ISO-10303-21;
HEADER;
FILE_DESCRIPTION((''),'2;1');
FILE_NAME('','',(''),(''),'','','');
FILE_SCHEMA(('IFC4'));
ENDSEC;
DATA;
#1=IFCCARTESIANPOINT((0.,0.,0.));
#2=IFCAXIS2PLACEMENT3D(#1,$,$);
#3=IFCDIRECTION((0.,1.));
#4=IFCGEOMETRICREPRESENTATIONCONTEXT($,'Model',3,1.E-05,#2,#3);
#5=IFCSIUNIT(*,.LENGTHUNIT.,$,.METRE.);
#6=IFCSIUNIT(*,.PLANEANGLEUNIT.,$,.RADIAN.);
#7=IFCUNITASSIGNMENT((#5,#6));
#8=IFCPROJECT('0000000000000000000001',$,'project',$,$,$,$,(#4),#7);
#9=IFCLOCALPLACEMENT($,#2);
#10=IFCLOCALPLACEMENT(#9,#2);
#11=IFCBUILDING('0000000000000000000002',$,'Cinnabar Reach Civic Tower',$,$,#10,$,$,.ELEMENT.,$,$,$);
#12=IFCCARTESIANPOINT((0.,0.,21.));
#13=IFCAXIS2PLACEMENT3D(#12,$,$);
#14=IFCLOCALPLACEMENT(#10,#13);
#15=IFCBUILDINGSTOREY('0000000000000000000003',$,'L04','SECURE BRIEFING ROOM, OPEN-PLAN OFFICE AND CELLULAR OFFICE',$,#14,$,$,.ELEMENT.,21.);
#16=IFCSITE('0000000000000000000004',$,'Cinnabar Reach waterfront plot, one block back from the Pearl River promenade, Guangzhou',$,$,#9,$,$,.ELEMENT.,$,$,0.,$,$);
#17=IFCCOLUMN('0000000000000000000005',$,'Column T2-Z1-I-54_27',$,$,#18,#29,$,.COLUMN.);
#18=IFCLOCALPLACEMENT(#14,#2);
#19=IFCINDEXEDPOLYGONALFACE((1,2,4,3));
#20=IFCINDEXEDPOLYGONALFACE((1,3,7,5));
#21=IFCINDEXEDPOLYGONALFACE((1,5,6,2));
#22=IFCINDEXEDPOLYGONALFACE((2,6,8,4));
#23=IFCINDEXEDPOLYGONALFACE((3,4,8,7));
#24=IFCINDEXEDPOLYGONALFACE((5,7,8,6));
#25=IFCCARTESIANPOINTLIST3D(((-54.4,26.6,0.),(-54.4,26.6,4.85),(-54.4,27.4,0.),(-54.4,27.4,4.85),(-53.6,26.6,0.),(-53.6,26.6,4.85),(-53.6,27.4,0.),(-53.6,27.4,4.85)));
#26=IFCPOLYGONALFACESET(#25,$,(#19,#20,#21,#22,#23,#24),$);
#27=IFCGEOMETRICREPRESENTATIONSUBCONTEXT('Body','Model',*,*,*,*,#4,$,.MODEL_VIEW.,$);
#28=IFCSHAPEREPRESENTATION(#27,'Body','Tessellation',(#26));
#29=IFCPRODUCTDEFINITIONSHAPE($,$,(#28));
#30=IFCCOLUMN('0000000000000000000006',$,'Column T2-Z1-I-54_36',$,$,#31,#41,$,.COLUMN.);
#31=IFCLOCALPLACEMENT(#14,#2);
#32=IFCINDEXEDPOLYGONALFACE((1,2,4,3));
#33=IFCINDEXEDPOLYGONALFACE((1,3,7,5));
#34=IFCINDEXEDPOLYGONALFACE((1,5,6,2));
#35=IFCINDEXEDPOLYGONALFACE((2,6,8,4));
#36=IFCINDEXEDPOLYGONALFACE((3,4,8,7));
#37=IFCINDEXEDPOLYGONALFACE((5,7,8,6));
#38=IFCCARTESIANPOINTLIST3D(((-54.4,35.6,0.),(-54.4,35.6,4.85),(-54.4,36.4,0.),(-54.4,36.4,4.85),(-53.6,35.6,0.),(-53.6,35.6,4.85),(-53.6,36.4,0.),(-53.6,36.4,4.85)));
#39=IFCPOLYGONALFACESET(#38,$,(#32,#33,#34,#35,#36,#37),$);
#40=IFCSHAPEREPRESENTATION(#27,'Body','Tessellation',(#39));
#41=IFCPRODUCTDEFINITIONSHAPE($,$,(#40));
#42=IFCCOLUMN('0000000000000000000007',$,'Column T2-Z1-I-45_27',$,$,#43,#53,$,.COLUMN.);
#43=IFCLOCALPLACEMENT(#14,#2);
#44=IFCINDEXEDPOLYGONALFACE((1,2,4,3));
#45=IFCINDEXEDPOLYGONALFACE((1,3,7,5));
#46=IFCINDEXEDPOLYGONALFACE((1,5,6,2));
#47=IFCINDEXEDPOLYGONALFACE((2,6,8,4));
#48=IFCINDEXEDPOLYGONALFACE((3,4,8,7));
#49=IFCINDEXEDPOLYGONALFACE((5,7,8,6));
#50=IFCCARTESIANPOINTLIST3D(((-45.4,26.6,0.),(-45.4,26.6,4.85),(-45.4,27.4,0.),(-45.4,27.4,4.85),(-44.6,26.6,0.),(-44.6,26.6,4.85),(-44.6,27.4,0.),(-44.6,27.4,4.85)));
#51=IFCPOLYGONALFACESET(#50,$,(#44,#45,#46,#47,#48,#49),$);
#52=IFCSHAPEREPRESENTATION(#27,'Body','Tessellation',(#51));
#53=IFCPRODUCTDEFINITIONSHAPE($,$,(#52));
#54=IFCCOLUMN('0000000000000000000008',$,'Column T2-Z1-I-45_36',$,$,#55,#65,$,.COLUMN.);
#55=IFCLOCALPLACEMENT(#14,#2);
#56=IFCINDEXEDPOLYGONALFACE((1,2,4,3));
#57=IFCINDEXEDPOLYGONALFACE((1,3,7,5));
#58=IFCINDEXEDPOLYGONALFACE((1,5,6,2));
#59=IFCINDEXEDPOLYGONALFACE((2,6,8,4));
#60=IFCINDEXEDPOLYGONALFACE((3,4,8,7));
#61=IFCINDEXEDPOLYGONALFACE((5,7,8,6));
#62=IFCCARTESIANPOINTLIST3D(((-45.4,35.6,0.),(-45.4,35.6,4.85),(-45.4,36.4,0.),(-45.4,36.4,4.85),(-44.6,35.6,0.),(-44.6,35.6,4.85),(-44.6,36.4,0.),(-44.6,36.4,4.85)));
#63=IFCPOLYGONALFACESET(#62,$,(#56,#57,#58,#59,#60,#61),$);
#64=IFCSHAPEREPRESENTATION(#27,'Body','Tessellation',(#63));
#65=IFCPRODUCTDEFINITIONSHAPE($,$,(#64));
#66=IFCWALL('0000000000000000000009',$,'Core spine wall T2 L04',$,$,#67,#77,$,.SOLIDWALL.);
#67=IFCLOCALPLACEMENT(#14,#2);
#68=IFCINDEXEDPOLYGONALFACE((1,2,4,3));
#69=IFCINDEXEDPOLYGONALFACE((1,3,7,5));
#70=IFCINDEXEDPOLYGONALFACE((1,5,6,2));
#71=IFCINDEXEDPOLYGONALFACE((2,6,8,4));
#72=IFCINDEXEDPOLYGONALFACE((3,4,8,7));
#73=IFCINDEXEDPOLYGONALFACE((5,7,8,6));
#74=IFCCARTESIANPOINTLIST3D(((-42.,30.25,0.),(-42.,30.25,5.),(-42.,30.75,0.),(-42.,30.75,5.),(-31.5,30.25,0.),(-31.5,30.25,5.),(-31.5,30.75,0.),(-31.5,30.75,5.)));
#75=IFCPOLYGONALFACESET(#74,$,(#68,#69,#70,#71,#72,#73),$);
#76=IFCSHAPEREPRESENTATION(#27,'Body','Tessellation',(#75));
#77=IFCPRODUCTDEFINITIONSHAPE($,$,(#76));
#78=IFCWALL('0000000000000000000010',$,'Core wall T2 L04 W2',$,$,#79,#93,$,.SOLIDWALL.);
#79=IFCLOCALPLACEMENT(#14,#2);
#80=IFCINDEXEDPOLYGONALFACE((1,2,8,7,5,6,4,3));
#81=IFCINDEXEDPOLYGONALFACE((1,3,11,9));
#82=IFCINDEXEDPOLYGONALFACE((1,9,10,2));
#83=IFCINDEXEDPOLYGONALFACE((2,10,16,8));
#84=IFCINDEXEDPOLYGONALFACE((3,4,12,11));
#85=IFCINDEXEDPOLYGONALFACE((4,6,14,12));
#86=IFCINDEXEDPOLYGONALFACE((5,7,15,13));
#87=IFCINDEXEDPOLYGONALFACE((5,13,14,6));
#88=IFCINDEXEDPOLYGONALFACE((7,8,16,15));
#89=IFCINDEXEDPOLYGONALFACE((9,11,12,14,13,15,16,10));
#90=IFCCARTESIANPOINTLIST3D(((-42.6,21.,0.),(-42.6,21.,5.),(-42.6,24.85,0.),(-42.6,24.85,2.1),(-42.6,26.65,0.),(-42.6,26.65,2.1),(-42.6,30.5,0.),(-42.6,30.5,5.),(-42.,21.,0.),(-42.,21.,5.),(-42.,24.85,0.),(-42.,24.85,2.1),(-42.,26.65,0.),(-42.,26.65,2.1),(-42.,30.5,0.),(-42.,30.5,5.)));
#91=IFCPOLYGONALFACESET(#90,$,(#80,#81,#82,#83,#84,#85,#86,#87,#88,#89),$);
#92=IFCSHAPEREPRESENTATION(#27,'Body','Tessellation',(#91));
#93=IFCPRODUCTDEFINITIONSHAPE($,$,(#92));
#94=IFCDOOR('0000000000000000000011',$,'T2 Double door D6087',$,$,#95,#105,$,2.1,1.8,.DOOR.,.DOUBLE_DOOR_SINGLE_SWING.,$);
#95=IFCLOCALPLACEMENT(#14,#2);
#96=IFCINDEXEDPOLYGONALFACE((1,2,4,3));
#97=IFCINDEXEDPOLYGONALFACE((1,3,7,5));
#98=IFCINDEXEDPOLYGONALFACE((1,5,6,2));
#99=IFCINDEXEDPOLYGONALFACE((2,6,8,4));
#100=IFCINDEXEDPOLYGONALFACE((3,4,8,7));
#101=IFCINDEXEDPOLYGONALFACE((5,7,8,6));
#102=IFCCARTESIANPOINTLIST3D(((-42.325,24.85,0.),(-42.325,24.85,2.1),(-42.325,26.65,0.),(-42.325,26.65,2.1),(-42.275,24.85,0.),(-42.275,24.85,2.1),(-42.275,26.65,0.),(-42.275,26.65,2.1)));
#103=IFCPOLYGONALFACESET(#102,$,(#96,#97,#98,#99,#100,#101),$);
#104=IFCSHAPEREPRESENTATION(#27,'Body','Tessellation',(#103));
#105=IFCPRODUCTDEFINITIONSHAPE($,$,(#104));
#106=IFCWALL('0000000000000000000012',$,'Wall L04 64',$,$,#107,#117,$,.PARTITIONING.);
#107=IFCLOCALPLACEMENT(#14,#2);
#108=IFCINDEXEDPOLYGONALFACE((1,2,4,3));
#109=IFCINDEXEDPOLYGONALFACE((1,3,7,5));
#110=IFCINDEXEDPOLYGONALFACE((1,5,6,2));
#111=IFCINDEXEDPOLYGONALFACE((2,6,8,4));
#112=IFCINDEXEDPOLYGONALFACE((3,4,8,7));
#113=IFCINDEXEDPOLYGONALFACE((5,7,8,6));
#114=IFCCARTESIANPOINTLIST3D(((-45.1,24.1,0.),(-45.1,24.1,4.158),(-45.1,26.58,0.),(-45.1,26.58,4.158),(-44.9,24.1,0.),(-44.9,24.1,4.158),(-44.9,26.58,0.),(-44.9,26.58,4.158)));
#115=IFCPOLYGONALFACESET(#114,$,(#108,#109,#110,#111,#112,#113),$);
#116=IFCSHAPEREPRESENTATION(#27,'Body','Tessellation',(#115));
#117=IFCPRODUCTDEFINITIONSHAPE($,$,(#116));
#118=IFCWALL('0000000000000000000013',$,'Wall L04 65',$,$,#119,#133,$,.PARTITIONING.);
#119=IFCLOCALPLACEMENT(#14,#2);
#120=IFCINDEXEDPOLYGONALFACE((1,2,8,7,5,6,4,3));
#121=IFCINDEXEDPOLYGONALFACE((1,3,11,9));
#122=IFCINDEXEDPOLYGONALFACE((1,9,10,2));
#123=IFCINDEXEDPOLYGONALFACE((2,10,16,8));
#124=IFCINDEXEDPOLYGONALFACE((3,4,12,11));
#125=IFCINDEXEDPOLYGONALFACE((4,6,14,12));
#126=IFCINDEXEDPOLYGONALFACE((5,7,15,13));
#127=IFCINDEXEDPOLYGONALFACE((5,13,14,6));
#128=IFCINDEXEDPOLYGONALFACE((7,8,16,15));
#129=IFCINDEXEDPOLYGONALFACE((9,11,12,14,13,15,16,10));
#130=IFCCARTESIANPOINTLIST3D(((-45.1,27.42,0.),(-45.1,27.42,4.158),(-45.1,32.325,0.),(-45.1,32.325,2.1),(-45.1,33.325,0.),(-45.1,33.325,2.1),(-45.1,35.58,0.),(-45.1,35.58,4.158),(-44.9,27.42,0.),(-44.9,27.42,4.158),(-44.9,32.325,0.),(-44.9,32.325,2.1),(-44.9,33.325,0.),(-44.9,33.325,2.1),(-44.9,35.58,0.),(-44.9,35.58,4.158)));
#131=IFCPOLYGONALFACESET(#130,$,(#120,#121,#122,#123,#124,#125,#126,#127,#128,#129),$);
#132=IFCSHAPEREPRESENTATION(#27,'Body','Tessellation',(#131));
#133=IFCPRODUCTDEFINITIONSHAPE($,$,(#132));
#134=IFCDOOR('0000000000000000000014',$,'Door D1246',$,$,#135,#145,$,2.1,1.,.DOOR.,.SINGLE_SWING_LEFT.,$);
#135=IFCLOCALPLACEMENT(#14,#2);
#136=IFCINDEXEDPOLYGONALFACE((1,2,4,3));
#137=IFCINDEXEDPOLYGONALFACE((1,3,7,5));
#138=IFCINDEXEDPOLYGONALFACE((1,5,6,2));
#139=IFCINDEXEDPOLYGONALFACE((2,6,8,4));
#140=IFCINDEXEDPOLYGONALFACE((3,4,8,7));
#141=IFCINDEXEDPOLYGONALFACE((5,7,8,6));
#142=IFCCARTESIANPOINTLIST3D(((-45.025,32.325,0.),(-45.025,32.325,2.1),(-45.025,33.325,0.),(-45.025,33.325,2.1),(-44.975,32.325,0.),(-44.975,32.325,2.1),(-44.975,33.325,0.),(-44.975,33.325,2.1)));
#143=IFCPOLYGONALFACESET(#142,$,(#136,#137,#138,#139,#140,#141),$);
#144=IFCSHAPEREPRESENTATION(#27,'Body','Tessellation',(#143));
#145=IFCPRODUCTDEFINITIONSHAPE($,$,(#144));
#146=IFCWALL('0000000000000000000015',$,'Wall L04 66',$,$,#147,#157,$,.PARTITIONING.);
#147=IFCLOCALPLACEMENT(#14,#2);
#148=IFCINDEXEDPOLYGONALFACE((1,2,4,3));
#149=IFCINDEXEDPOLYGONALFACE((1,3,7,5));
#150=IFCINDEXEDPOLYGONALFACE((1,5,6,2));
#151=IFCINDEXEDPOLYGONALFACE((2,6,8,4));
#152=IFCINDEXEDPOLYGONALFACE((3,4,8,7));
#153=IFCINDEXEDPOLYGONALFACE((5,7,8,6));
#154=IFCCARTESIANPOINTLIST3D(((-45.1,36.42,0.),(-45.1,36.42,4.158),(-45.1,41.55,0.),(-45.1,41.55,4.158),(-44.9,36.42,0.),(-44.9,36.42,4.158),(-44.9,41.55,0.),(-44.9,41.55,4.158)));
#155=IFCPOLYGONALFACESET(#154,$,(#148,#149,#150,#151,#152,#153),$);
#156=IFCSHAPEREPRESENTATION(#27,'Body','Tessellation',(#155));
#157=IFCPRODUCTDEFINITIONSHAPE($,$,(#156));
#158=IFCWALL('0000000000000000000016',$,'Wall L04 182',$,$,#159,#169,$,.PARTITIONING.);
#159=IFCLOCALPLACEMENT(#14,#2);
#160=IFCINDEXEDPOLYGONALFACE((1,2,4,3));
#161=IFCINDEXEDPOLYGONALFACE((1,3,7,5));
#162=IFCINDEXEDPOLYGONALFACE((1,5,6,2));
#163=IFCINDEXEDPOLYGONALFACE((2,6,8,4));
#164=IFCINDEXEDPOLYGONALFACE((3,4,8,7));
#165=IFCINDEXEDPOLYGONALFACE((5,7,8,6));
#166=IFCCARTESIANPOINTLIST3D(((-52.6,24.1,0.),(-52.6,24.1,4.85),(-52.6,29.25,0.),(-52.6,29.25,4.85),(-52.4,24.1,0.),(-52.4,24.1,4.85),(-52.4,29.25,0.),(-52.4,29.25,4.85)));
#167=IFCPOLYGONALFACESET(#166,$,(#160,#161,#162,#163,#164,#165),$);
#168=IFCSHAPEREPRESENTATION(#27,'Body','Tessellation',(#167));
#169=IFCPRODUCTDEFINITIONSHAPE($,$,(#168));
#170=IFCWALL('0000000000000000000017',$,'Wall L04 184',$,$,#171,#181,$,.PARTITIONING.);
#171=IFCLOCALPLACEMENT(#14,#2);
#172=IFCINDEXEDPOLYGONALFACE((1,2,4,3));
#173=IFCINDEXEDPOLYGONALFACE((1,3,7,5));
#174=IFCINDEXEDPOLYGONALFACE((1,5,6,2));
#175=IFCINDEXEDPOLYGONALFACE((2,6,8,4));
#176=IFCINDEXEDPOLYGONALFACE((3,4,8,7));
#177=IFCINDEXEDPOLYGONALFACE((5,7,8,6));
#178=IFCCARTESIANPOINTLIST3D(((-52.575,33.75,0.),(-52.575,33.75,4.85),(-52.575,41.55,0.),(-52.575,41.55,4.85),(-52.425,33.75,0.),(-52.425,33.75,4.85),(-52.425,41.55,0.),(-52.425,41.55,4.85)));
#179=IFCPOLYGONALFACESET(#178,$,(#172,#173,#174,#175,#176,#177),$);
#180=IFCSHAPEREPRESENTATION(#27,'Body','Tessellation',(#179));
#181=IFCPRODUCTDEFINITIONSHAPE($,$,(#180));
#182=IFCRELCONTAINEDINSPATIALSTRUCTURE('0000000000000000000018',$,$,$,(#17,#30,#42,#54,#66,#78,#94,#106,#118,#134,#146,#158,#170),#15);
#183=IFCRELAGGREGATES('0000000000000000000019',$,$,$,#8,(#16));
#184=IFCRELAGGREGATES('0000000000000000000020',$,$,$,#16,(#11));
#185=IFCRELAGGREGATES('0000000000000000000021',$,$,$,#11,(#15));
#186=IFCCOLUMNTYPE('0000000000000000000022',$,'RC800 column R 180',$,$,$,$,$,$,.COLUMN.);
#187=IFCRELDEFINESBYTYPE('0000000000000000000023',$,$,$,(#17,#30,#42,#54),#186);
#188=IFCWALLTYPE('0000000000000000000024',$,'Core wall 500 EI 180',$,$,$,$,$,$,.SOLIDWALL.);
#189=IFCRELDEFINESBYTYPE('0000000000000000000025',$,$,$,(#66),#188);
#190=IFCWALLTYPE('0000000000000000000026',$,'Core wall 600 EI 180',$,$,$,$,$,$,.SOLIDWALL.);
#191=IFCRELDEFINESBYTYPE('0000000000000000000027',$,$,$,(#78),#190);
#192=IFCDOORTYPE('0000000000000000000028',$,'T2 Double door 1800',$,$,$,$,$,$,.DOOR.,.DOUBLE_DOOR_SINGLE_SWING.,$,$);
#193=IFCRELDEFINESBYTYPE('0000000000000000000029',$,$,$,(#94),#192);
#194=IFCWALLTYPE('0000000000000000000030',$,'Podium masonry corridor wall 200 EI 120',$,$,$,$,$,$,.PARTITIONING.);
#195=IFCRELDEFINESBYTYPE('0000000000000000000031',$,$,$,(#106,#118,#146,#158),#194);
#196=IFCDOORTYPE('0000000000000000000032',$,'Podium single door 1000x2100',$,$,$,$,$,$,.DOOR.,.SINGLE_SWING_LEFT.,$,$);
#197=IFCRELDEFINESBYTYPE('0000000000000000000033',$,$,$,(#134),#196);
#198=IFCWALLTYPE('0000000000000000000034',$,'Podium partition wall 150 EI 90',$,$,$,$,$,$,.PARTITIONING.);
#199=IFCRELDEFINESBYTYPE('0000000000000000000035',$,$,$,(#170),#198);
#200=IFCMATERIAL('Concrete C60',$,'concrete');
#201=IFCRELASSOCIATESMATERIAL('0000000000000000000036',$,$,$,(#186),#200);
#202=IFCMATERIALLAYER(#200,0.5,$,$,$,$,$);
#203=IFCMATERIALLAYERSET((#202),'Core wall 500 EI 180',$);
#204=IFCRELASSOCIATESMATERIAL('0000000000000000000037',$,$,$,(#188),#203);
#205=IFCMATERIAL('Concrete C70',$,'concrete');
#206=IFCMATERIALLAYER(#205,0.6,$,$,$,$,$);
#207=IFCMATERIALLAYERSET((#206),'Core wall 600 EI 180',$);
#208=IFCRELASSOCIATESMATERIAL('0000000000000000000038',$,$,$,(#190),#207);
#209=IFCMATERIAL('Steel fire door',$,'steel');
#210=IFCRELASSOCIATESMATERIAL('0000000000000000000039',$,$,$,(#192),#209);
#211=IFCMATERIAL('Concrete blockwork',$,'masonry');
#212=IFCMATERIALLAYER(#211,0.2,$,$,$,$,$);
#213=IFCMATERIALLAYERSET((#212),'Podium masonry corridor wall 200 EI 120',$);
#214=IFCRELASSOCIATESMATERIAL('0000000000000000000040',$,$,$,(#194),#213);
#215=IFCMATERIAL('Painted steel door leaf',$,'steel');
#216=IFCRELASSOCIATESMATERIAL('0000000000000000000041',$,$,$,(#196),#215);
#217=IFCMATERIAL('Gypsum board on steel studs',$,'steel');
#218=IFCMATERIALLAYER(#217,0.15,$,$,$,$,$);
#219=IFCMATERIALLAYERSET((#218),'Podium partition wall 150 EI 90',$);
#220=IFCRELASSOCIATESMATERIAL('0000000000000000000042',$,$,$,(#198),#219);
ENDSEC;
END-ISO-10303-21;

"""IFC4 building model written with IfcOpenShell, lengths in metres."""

from ifc_helpers import new_model, si_unit, direction, frame, frame_2d, origin, origin_2d, place, context, subcontext, project, spatial, rectangle, extrude, material, layer, layer_set, material_profile, profile_set, type_object, element, fill, save


model = new_model("IFC4")

# Units and contexts
model_context = context("Model", 3, precision=1e-05, world=origin(), true_north=direction((0.0, 1.0)))
body_context = subcontext(model_context, "Body", "Model", "MODEL_VIEW")
ifc_project = project(units=[si_unit("LENGTHUNIT", "METRE"), si_unit("PLANEANGLEUNIT", "RADIAN")], contexts=[model_context])

# Site, building, storey
site_placement = place(None, origin())
site = spatial("IfcSite", under=ifc_project, at=site_placement, Name="Cinnabar Reach waterfront plot, one block back from the Pearl River promenade, Guangzhou", CompositionType="ELEMENT", RefElevation=0.0)
building_placement = place(site_placement, origin())
building = spatial("IfcBuilding", under=site, at=building_placement, Name="Cinnabar Reach Civic Tower", CompositionType="ELEMENT")
storey_placement = place(building_placement, frame((0.0, 0.0, 21.0)))
storey = spatial("IfcBuildingStorey", under=building, at=storey_placement, Name="L04", Description="SECURE BRIEFING ROOM, OPEN-PLAN OFFICE AND CELLULAR OFFICE", CompositionType="ELEMENT", Elevation=21.0)

# Columns
ifc_material_1 = material(Name="Concrete C60", Category="concrete")
ifc_material_profile = material_profile(ifc_material_1, rectangle(XDim=0.8, YDim=0.8, at=origin_2d()), Name="RC800")
ifc_profile_set = profile_set([ifc_material_profile], Name="Concrete C60")
column_type = type_object("IfcColumnType", Name="RC800 column R 180", PredefinedType="COLUMN", material=ifc_profile_set)
for number, where, z_axis, x_axis, name in (
    (1, (-54.0, 27.0, 0.0), (0.0, 0.0, 1.0), (1.0, 0.0, 0.0), "Column T2-Z1-I-54_27"),
    (2, (-54.0, 36.0, 0.0), (0.0, 0.0, 1.0), (1.0, 0.0, 0.0), "Column T2-Z1-I-54_36"),
    (3, (-45.0, 27.0, 0.0), (0.0, 0.0, 1.0), (1.0, 0.0, 0.0), "Column T2-Z1-I-45_27"),
    (4, (-45.0, 36.0, 0.0), (0.0, 0.0, 1.0), (1.0, 0.0, 0.0), "Column T2-Z1-I-45_36"),
):
    element("IfcColumn", number, at=place(storey_placement, frame(where, z_axis=z_axis, x_axis=x_axis)), inside=storey, type_object=column_type, Name=name, PredefinedType="COLUMN", context=body_context, shape_type="SweptSolid", body=[
        extrude(rectangle(XDim=0.8, YDim=0.8, at=origin_2d()), origin(), (0.0, 0.0, 1.0), 4.85),
    ])

# Wall
ifc_layer_1 = layer(ifc_material_1, 0.5)
ifc_layer_set_1 = layer_set([ifc_layer_1], Name="Core wall 500 EI 180")
wall_type_1 = type_object("IfcWallType", Name="Core wall 500 EI 180", PredefinedType="SOLIDWALL", material=ifc_layer_set_1)
wall_1_placement = place(storey_placement, frame((-42.0, 30.5, 0.0), z_axis=(0.0, 0.0, 1.0), x_axis=(1.0, 0.0, 0.0)))
element("IfcWall", 5, at=wall_1_placement, inside=storey, type_object=wall_type_1, Name="Core spine wall T2 L04", PredefinedType="SOLIDWALL", context=body_context, shape_type="SweptSolid", body=[
    extrude(rectangle(XDim=10.5, YDim=0.5, at=frame_2d((5.25, 0.0))), origin(), (0.0, 0.0, 1.0), 5.0),
])

# Wall, opening, door
ifc_material_2 = material(Name="Concrete C70", Category="concrete")
ifc_layer_2 = layer(ifc_material_2, 0.6)
ifc_layer_set_2 = layer_set([ifc_layer_2], Name="Core wall 600 EI 180")
wall_type_2 = type_object("IfcWallType", Name="Core wall 600 EI 180", PredefinedType="SOLIDWALL", material=ifc_layer_set_2)
wall_2_placement = place(storey_placement, frame((-42.3, 30.5, 0.0), z_axis=(0.0, 0.0, 1.0), x_axis=(0.0, -1.0, 0.0)))
wall_2 = element("IfcWall", 6, at=wall_2_placement, inside=storey, type_object=wall_type_2, Name="Core wall T2 L04 W2", PredefinedType="SOLIDWALL", context=body_context, shape_type="SweptSolid", body=[
    extrude(rectangle(XDim=9.5, YDim=0.6, at=frame_2d((4.75, 0.0))), origin(), (0.0, 0.0, 1.0), 5.0),
])
opening_1_placement = place(wall_2_placement, frame((3.85, 0.0, 0.0)))
opening_1 = element("IfcOpeningElement", 7, at=opening_1_placement, cuts=wall_2, PredefinedType="OPENING", context=body_context, shape_type="SweptSolid", body=[
    extrude(rectangle(XDim=1.8, YDim=2.1, at=frame_2d((0.9, 1.05))), frame((0.0, 0.31, 0.0), z_axis=(0.0, -1.0, 0.0), x_axis=(1.0, 0.0, 0.0)), (0.0, 0.0, 1.0), 0.62),
])
ifc_material_3 = material(Name="Steel fire door", Category="steel")
door_type_1 = type_object("IfcDoorType", Name="T2 Double door 1800", OperationType="DOUBLE_DOOR_SINGLE_SWING", PredefinedType="DOOR", material=ifc_material_3)
door_1_placement = place(opening_1_placement, origin())
door_1 = element("IfcDoor", 8, at=door_1_placement, inside=storey, type_object=door_type_1, Name="T2 Double door D6087", OperationType="DOUBLE_DOOR_SINGLE_SWING", OverallHeight=2.1, OverallWidth=1.8, PredefinedType="DOOR", context=body_context, shape_type="SweptSolid", body=[
    extrude(rectangle(XDim=1.8, YDim=2.1, at=frame_2d((0.9, 1.05))), frame((0.0, 0.025, 0.0), z_axis=(0.0, -1.0, 0.0), x_axis=(1.0, 0.0, 0.0)), (0.0, 0.0, 1.0), 0.05),
])
fill(opening_1, door_1)

# Wall
ifc_material_4 = material(Name="Concrete blockwork", Category="masonry")
ifc_layer_3 = layer(ifc_material_4, 0.2)
ifc_layer_set_3 = layer_set([ifc_layer_3], Name="Podium masonry corridor wall 200 EI 120")
wall_type_3 = type_object("IfcWallType", Name="Podium masonry corridor wall 200 EI 120", PredefinedType="PARTITIONING", material=ifc_layer_set_3)
wall_3_placement = place(storey_placement, frame((-45.0, 24.1, 0.0), z_axis=(0.0, 0.0, 1.0), x_axis=(0.0, 1.0, 0.0)))
element("IfcWall", 9, at=wall_3_placement, inside=storey, type_object=wall_type_3, Name="Wall L04 64", PredefinedType="PARTITIONING", context=body_context, shape_type="SweptSolid", body=[
    extrude(rectangle(XDim=2.48, YDim=0.2, at=frame_2d((1.24, 0.0))), origin(), (0.0, 0.0, 1.0), 4.158),
])

# Wall, opening, door
wall_4_placement = place(storey_placement, frame((-45.0, 27.42, 0.0), z_axis=(0.0, 0.0, 1.0), x_axis=(0.0, 1.0, 0.0)))
wall_4 = element("IfcWall", 10, at=wall_4_placement, inside=storey, type_object=wall_type_3, Name="Wall L04 65", PredefinedType="PARTITIONING", context=body_context, shape_type="SweptSolid", body=[
    extrude(rectangle(XDim=8.16, YDim=0.2, at=frame_2d((4.08, 0.0))), origin(), (0.0, 0.0, 1.0), 4.158),
])
opening_2_placement = place(wall_4_placement, frame((4.905, 0.0, 0.0)))
opening_2 = element("IfcOpeningElement", 11, at=opening_2_placement, cuts=wall_4, PredefinedType="OPENING", context=body_context, shape_type="SweptSolid", body=[
    extrude(rectangle(XDim=1.0, YDim=2.1, at=frame_2d((0.5, 1.05))), frame((0.0, 0.11, 0.0), z_axis=(0.0, -1.0, 0.0), x_axis=(1.0, 0.0, 0.0)), (0.0, 0.0, 1.0), 0.22),
])
ifc_material_5 = material(Name="Painted steel door leaf", Category="steel")
door_type_2 = type_object("IfcDoorType", Name="Podium single door 1000x2100", OperationType="SINGLE_SWING_LEFT", PredefinedType="DOOR", material=ifc_material_5)
door_2_placement = place(opening_2_placement, origin())
door_2 = element("IfcDoor", 12, at=door_2_placement, inside=storey, type_object=door_type_2, Name="Door D1246", OperationType="SINGLE_SWING_LEFT", OverallHeight=2.1, OverallWidth=1.0, PredefinedType="DOOR", context=body_context, shape_type="SweptSolid", body=[
    extrude(rectangle(XDim=1.0, YDim=2.1, at=frame_2d((0.5, 1.05))), frame((0.0, 0.025, 0.0), z_axis=(0.0, -1.0, 0.0), x_axis=(1.0, 0.0, 0.0)), (0.0, 0.0, 1.0), 0.05),
])
fill(opening_2, door_2)

# Walls
wall_5_placement = place(storey_placement, frame((-45.0, 36.42, 0.0), z_axis=(0.0, 0.0, 1.0), x_axis=(0.0, 1.0, 0.0)))
element("IfcWall", 13, at=wall_5_placement, inside=storey, type_object=wall_type_3, Name="Wall L04 66", PredefinedType="PARTITIONING", context=body_context, shape_type="SweptSolid", body=[
    extrude(rectangle(XDim=5.13, YDim=0.2, at=frame_2d((2.565, 0.0))), origin(), (0.0, 0.0, 1.0), 4.158),
])
wall_6_placement = place(storey_placement, frame((-52.5, 24.1, 0.0), z_axis=(0.0, 0.0, 1.0), x_axis=(0.0, 1.0, 0.0)))
element("IfcWall", 14, at=wall_6_placement, inside=storey, type_object=wall_type_3, Name="Wall L04 182", PredefinedType="PARTITIONING", context=body_context, shape_type="SweptSolid", body=[
    extrude(rectangle(XDim=5.15, YDim=0.2, at=frame_2d((2.575, 0.0))), origin(), (0.0, 0.0, 1.0), 4.85),
])
ifc_material_6 = material(Name="Gypsum board on steel studs", Category="steel")
ifc_layer_4 = layer(ifc_material_6, 0.15)
ifc_layer_set_4 = layer_set([ifc_layer_4], Name="Podium partition wall 150 EI 90")
wall_type_4 = type_object("IfcWallType", Name="Podium partition wall 150 EI 90", PredefinedType="PARTITIONING", material=ifc_layer_set_4)
wall_7_placement = place(storey_placement, frame((-52.5, 33.75, 0.0), z_axis=(0.0, 0.0, 1.0), x_axis=(0.0, 1.0, 0.0)))
element("IfcWall", 15, at=wall_7_placement, inside=storey, type_object=wall_type_4, Name="Wall L04 184", PredefinedType="PARTITIONING", context=body_context, shape_type="SweptSolid", body=[
    extrude(rectangle(XDim=7.8, YDim=0.15, at=frame_2d((3.9, 0.0))), origin(), (0.0, 0.0, 1.0), 4.85),
])

save(model, "model.ifc")
